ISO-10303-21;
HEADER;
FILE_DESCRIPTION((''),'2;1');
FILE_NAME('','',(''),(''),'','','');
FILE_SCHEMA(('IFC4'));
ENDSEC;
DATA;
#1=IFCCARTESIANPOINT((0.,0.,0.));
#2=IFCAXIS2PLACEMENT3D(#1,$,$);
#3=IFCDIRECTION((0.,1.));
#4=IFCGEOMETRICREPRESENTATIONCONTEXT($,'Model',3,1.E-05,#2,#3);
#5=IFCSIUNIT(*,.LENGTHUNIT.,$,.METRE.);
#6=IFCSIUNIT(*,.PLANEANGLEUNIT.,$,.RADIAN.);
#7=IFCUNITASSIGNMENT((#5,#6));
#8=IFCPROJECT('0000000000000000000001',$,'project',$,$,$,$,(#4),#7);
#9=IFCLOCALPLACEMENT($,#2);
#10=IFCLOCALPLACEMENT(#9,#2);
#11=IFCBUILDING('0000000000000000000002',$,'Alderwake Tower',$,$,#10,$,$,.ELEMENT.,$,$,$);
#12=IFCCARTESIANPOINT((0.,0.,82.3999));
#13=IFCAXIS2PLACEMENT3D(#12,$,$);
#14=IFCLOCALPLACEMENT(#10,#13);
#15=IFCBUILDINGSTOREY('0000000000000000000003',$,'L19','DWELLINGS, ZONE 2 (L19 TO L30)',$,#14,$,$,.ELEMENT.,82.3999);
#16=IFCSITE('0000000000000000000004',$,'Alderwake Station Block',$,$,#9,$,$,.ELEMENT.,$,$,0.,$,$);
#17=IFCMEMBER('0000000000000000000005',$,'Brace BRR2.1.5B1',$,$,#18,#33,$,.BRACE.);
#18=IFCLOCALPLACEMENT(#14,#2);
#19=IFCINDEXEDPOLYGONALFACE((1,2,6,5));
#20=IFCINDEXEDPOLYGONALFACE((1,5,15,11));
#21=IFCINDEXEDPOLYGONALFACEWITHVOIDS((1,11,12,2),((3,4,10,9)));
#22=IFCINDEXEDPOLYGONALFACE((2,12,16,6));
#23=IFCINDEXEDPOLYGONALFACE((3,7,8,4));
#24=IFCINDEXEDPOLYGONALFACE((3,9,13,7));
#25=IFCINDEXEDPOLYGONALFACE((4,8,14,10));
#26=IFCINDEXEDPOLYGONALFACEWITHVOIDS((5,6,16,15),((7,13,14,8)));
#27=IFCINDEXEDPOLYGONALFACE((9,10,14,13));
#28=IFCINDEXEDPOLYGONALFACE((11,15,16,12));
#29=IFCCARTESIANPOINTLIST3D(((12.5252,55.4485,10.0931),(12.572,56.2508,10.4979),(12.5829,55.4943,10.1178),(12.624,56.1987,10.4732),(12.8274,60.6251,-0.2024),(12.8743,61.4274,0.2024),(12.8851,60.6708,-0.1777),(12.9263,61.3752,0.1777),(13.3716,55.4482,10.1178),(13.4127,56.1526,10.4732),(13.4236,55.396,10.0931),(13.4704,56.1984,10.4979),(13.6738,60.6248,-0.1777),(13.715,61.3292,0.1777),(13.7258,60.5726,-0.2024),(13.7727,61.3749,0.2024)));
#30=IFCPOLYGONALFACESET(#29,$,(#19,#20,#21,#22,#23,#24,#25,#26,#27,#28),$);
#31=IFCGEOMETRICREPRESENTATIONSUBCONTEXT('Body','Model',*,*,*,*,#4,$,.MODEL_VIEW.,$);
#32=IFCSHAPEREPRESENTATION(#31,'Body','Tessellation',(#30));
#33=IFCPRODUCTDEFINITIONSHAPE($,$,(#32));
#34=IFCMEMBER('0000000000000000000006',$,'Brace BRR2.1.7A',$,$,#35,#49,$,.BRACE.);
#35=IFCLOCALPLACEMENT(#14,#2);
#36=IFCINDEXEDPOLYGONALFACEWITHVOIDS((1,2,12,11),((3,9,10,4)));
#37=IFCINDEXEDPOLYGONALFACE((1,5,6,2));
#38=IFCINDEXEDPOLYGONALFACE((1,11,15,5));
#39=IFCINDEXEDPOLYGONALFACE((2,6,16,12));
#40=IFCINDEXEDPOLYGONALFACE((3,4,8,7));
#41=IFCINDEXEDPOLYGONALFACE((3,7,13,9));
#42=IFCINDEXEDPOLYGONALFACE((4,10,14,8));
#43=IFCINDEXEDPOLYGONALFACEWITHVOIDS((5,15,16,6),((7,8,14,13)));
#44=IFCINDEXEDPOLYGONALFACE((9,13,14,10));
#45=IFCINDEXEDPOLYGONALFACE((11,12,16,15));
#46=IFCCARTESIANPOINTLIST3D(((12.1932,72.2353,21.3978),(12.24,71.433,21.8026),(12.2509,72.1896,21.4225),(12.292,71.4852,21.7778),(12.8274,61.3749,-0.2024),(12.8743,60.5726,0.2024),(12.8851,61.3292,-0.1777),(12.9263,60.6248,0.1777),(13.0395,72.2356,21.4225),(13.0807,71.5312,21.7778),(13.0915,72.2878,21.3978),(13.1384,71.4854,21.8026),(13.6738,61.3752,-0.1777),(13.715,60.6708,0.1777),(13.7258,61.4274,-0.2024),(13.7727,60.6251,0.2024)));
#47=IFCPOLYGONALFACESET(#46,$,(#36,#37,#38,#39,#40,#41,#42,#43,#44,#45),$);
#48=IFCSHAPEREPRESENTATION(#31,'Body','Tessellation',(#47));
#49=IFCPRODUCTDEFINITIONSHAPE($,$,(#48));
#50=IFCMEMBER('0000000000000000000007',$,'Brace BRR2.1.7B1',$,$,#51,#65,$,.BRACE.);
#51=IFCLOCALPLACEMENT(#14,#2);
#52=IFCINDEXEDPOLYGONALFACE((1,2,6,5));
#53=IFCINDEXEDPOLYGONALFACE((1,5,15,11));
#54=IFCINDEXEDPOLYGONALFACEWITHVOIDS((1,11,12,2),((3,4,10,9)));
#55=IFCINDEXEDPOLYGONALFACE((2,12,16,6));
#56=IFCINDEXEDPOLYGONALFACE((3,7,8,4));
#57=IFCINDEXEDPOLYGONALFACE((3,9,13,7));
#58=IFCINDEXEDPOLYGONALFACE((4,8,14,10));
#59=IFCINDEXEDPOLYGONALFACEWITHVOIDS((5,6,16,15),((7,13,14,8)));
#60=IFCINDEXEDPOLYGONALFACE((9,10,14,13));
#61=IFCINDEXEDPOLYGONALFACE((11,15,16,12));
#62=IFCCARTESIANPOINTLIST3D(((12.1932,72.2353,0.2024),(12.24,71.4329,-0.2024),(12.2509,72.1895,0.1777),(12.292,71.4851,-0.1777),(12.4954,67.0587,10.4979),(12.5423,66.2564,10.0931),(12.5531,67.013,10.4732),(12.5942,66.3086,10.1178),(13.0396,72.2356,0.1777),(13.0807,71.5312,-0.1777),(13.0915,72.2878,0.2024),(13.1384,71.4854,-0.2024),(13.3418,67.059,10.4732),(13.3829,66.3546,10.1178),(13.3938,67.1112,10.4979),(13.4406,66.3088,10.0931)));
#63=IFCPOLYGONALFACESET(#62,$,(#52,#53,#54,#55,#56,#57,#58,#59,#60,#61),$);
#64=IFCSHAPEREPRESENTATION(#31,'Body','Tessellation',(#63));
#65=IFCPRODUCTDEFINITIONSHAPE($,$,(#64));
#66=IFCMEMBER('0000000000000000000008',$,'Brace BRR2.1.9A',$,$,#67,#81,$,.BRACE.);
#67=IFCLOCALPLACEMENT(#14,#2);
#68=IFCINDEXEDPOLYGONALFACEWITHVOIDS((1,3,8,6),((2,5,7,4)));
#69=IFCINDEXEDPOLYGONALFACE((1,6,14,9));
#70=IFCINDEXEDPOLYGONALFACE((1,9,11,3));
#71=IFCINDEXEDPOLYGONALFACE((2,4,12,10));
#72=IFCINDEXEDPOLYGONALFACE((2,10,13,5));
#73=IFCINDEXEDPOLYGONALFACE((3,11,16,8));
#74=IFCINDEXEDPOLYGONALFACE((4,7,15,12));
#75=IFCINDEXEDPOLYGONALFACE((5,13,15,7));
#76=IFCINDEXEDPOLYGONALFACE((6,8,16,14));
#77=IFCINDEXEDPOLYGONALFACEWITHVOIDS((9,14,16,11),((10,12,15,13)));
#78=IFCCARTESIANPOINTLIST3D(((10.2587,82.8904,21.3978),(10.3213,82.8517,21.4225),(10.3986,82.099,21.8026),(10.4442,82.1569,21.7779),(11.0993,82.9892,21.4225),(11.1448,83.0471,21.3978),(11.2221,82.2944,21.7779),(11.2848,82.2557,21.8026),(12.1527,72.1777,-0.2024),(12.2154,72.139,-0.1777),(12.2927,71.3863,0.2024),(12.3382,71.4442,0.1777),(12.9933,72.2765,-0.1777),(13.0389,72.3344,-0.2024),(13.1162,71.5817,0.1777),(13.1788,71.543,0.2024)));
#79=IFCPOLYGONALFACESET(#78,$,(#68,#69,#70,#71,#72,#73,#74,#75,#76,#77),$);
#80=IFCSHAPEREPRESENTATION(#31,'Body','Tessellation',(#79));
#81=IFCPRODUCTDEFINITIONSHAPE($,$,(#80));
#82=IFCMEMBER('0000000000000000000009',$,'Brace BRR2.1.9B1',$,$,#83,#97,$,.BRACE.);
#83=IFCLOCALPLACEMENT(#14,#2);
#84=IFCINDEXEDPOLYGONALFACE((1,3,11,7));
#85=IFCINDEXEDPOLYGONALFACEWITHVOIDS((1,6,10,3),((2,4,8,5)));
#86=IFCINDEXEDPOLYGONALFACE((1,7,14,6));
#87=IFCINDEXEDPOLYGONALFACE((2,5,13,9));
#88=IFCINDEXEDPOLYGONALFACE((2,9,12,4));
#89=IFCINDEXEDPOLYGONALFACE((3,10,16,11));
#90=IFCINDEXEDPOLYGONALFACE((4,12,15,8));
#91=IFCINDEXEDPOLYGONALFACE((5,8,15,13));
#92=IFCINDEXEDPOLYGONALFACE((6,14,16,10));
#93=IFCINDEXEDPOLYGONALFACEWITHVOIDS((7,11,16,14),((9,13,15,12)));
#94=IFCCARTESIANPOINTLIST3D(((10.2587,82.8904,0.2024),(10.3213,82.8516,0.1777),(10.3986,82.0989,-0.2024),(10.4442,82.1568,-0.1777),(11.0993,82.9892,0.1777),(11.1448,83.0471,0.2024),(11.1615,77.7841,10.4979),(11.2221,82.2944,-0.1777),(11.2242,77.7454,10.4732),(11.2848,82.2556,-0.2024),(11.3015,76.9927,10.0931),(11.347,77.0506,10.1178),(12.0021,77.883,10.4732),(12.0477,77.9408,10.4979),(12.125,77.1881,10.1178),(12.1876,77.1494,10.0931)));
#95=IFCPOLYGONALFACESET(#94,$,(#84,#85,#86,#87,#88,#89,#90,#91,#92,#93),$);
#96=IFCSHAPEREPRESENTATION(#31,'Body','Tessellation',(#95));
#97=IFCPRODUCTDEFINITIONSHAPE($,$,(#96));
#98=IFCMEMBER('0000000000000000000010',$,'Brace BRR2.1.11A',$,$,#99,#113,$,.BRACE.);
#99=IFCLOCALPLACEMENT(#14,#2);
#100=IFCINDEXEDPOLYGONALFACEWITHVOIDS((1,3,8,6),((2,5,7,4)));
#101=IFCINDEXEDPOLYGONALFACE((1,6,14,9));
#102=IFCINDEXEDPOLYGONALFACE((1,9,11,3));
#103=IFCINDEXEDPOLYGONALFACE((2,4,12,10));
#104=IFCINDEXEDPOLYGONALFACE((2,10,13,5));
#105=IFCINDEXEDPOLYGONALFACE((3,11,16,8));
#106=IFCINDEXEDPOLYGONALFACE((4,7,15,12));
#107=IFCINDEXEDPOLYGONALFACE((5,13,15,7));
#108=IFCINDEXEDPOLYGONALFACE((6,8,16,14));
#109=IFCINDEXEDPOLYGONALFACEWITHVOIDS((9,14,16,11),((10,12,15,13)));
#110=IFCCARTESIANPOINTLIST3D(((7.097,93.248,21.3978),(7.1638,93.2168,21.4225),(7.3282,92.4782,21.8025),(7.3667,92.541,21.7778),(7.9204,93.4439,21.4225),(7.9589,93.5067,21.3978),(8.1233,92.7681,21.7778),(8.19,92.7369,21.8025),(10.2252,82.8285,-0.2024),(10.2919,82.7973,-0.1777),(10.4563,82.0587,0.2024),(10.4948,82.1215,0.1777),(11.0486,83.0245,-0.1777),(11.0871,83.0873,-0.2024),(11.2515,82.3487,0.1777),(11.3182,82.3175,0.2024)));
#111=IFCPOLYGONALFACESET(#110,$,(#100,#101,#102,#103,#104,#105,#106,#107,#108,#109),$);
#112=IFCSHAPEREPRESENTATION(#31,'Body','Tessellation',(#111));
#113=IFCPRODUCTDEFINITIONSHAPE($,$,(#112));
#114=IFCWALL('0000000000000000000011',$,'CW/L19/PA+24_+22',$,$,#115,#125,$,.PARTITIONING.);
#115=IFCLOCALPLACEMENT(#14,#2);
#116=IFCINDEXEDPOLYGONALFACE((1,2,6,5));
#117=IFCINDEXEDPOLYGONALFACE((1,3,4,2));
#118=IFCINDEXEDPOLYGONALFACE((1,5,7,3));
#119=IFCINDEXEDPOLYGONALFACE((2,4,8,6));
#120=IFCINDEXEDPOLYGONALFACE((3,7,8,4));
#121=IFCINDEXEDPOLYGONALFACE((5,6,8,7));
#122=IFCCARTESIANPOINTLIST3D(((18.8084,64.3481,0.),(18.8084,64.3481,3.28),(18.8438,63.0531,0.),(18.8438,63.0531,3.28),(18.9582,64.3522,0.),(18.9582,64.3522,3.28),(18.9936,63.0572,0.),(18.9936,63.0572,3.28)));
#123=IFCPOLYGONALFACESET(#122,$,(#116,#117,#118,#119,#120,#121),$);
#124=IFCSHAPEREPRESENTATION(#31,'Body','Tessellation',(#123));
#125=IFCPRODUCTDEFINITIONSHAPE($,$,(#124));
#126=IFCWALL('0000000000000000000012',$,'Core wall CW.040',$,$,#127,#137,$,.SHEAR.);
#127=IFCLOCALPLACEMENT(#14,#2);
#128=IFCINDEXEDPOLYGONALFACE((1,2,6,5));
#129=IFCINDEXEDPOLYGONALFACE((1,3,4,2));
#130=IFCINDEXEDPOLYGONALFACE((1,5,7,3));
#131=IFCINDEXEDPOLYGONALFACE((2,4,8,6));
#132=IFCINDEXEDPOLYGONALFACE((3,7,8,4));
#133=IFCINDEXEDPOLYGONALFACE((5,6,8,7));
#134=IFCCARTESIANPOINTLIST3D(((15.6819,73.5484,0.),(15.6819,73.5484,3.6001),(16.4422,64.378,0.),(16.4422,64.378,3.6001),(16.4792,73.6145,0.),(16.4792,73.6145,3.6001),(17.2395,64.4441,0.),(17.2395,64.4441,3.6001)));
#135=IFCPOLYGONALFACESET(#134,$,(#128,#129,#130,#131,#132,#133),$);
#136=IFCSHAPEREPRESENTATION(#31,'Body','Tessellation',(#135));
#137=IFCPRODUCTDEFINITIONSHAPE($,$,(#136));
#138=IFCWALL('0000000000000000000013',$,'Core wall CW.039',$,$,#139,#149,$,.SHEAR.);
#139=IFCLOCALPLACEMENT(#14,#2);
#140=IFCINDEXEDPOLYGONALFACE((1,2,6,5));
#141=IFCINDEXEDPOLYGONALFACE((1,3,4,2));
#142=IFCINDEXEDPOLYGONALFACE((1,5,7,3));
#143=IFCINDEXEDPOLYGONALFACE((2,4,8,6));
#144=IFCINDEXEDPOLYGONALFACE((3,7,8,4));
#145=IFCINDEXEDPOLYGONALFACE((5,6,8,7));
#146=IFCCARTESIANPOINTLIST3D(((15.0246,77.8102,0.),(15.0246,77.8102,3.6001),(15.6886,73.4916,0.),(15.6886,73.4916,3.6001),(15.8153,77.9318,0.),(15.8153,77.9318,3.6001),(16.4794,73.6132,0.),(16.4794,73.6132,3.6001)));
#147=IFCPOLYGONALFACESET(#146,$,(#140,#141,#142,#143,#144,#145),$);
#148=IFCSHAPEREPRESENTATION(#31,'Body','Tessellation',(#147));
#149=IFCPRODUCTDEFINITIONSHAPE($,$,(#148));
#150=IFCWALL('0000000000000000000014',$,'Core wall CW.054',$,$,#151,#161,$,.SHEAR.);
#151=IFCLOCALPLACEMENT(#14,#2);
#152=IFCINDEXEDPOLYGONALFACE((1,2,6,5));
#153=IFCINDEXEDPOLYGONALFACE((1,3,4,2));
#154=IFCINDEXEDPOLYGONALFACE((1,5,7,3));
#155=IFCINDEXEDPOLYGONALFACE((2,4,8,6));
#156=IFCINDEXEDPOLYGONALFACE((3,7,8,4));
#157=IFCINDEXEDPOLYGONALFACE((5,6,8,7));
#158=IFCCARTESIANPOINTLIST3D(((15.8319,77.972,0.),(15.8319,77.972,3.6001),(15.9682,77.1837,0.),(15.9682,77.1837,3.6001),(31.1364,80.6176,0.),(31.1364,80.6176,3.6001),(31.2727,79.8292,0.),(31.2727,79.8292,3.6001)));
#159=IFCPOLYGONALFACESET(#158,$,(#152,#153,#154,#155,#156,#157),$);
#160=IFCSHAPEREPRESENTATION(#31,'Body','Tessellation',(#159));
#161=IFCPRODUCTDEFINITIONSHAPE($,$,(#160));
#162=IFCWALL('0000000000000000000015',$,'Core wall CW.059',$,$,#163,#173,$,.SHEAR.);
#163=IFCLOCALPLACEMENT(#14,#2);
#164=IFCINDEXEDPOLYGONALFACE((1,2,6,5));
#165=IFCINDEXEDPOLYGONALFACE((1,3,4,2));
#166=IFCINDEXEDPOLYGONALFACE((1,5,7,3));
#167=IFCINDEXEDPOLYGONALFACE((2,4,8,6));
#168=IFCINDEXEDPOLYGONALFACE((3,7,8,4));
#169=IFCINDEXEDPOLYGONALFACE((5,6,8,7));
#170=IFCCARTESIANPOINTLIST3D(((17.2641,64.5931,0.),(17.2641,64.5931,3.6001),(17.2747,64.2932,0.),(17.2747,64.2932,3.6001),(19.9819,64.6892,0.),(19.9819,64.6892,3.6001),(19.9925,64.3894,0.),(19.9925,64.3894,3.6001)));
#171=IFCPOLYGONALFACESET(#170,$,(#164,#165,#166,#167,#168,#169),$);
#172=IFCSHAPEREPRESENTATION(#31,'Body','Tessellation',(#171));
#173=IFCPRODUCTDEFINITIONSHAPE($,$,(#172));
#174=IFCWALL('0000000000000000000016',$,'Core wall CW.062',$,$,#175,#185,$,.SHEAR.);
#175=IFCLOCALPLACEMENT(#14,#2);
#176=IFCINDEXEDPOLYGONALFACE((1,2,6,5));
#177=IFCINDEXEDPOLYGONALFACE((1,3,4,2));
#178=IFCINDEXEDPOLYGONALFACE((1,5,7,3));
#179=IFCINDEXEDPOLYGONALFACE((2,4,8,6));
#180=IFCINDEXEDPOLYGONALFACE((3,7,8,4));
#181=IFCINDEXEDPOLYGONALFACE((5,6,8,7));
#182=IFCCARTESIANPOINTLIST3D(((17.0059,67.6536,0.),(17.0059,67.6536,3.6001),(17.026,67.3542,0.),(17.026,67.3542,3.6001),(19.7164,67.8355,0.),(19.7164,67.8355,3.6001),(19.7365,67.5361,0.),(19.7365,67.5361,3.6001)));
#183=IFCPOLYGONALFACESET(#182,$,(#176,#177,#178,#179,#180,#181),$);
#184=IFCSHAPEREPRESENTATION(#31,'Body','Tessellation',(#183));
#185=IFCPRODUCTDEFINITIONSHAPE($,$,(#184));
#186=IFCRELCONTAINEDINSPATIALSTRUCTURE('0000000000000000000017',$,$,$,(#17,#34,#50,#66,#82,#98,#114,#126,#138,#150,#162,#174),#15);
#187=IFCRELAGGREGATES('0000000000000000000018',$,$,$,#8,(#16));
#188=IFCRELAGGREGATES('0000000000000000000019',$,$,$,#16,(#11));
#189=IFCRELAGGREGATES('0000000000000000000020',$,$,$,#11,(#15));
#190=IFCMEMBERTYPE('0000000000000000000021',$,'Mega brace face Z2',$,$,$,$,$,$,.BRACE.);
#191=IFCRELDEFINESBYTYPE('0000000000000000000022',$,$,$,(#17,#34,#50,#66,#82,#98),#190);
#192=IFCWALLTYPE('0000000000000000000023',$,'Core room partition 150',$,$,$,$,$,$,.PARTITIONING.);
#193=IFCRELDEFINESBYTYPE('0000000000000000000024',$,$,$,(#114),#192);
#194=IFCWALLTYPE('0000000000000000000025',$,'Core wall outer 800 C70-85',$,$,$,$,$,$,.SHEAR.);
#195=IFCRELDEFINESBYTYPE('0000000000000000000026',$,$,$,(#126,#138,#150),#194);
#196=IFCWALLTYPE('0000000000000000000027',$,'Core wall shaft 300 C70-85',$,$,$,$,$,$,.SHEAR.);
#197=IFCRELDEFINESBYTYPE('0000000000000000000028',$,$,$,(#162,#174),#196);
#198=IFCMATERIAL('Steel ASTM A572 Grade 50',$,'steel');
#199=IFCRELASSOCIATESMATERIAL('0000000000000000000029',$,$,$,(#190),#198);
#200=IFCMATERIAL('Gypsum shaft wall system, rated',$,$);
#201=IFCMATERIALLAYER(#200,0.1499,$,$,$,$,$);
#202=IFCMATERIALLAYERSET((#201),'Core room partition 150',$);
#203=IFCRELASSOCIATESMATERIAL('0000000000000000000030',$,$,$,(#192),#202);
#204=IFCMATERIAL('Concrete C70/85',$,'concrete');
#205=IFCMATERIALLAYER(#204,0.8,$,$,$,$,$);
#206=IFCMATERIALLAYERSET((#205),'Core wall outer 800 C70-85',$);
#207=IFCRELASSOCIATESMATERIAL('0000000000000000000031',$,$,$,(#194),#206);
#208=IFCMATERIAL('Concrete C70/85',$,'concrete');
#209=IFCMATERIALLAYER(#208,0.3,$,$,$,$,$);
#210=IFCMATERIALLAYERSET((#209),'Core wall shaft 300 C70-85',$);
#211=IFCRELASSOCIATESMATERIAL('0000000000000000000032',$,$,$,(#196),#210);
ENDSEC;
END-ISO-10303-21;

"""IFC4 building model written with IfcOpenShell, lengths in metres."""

from ifc_helpers import new_model, si_unit, direction, frame, frame_2d, origin, origin_2d, place, context, subcontext, project, spatial, rectangle, hollow_rectangle, extrude, material, layer, layer_set, material_profile, profile_set, type_object, element, save


model = new_model("IFC4")

# Units and contexts
model_context = context("Model", 3, precision=1e-05, world=origin(), true_north=direction((0.0, 1.0)))
body_context = subcontext(model_context, "Body", "Model", "MODEL_VIEW")
ifc_project = project(units=[si_unit("LENGTHUNIT", "METRE"), si_unit("PLANEANGLEUNIT", "RADIAN")], contexts=[model_context])

# Site, building, storey
site_placement = place(None, origin())
site = spatial("IfcSite", under=ifc_project, at=site_placement, Name="Alderwake Station Block", CompositionType="ELEMENT", RefElevation=0.0)
building_placement = place(site_placement, origin())
building = spatial("IfcBuilding", under=site, at=building_placement, Name="Alderwake Tower", CompositionType="ELEMENT")
storey_placement = place(building_placement, frame((0.0, 0.0, 82.3999)))
storey = spatial("IfcBuildingStorey", under=building, at=storey_placement, Name="L19", Description="DWELLINGS, ZONE 2 (L19 TO L30)", CompositionType="ELEMENT", Elevation=82.3999)

# Members
ifc_material_1 = material(Name="Steel ASTM A572 Grade 50", Category="steel")
ifc_material_profile_1 = material_profile(ifc_material_1, hollow_rectangle(XDim=0.8999, YDim=0.8999, WallThickness=0.0549, at=origin_2d()), Name="BOX 900X900X55")
ifc_profile_set_1 = profile_set([ifc_material_profile_1], Name="Steel ASTM A572 Grade 50")
member_type = type_object("IfcMemberType", Name="Mega brace face Z2", PredefinedType="BRACE", material=ifc_profile_set_1)
member_1_placement = place(storey_placement, frame((13.3, 61.0, 0.0), z_axis=(-0.02622, -0.449058, 0.893118), x_axis=(0.9983, -0.058289, 0.0)))
element("IfcMember", 1, at=member_1_placement, inside=storey, type_object=member_type, Name="Brace BRR2.1.5B1", PredefinedType="BRACE", context=body_context, shape_type="SweptSolid", body=[
    extrude(hollow_rectangle(XDim=0.8999, YDim=0.8999, WallThickness=0.0549, at=origin_2d()), origin(), (0.0, 0.0, 1.0), 11.5276),
])
member_2_placement = place(storey_placement, frame((13.3, 61.0, 0.0), z_axis=(-0.026226, 0.449053, 0.89312), x_axis=(-0.998299, -0.058304, 0.0)))
element("IfcMember", 2, at=member_2_placement, inside=storey, type_object=member_type, Name="Brace BRR2.1.7A", PredefinedType="BRACE", context=body_context, shape_type="SweptSolid", body=[
    extrude(hollow_rectangle(XDim=0.8999, YDim=0.8999, WallThickness=0.0549, at=origin_2d()), origin(), (0.0, 0.0, 1.0), 24.1851),
])
member_3_placement = place(storey_placement, frame((12.6658, 71.8604, 0.0), z_axis=(0.02622, -0.449058, 0.893118), x_axis=(0.9983, 0.058289, 0.0)))
element("IfcMember", 3, at=member_3_placement, inside=storey, type_object=member_type, Name="Brace BRR2.1.7B1", PredefinedType="BRACE", context=body_context, shape_type="SweptSolid", body=[
    extrude(hollow_rectangle(XDim=0.8999, YDim=0.8999, WallThickness=0.0549, at=origin_2d()), origin(), (0.0, 0.0, 1.0), 11.5276),
])
member_4_placement = place(storey_placement, frame((12.6658, 71.8604, 0.0), z_axis=(-0.078315, 0.442947, 0.893121), x_axis=(-0.984727, -0.174104, 0.0)))
element("IfcMember", 4, at=member_4_placement, inside=storey, type_object=member_type, Name="Brace BRR2.1.9A", PredefinedType="BRACE", context=body_context, shape_type="SweptSolid", body=[
    extrude(hollow_rectangle(XDim=0.8999, YDim=0.8999, WallThickness=0.0549, at=origin_2d()), origin(), (0.0, 0.0, 1.0), 24.1851),
])
member_5_placement = place(storey_placement, frame((10.7717, 82.573, 0.0), z_axis=(0.07832, -0.442957, 0.893115), x_axis=(0.984726, 0.17411, 0.0)))
element("IfcMember", 5, at=member_5_placement, inside=storey, type_object=member_type, Name="Brace BRR2.1.9B1", PredefinedType="BRACE", context=body_context, shape_type="SweptSolid", body=[
    extrude(hollow_rectangle(XDim=0.8999, YDim=0.8999, WallThickness=0.0549, at=origin_2d()), origin(), (0.0, 0.0, 1.0), 11.5276),
])
member_6_placement = place(storey_placement, frame((10.7717, 82.573, 0.0), z_axis=(-0.129344, 0.430822, 0.89312), x_axis=(-0.957767, -0.287546, 0.0)))
element("IfcMember", 6, at=member_6_placement, inside=storey, type_object=member_type, Name="Brace BRR2.1.11A", PredefinedType="BRACE", context=body_context, shape_type="SweptSolid", body=[
    extrude(hollow_rectangle(XDim=0.8999, YDim=0.8999, WallThickness=0.0549, at=origin_2d()), origin(), (0.0, 0.0, 1.0), 24.1851),
])

# Walls
ifc_material_2 = material(Name="Gypsum shaft wall system, rated")
ifc_layer_1 = layer(ifc_material_2, 0.1499)
ifc_layer_set_1 = layer_set([ifc_layer_1], Name="Core room partition 150")
wall_type_1 = type_object("IfcWallType", Name="Core room partition 150", PredefinedType="PARTITIONING", material=ifc_layer_set_1)
wall_1_placement = place(storey_placement, frame((18.9187, 63.0552, 0.0), z_axis=(0.0, 0.0, 1.0), x_axis=(-0.027328, 0.999627, 0.0)))
element("IfcWall", 7, at=wall_1_placement, inside=storey, type_object=wall_type_1, Name="CW/L19/PA+24_+22", PredefinedType="PARTITIONING", context=body_context, shape_type="SweptSolid", body=[
    extrude(rectangle(XDim=1.2954, YDim=0.1499, at=frame_2d((0.6477, 0.0))), origin(), (0.0, 0.0, 1.0), 3.28),
])
ifc_material_3 = material(Name="Concrete C70/85", Category="concrete")
ifc_layer_2 = layer(ifc_material_3, 0.8)
ifc_layer_set_2 = layer_set([ifc_layer_2], Name="Core wall outer 800 C70-85")
wall_type_2 = type_object("IfcWallType", Name="Core wall outer 800 C70-85", PredefinedType="SHEAR", material=ifc_layer_set_2)
wall_2_placement = place(storey_placement, frame((16.8408, 64.4109, 0.0), z_axis=(0.0, 0.0, 1.0), x_axis=(-0.08262, 0.996581, 0.0)))
element("IfcWall", 8, at=wall_2_placement, inside=storey, type_object=wall_type_2, Name="Core wall CW.040", PredefinedType="SHEAR", context=body_context, shape_type="SweptSolid", body=[
    extrude(rectangle(XDim=9.2019, YDim=0.8, at=frame_2d((4.6011, 0.0))), origin(), (0.0, 0.0, 1.0), 3.6001),
])
wall_3_placement = place(storey_placement, frame((16.084, 73.5525, 0.0), z_axis=(0.0, 0.0, 1.0), x_axis=(-0.151982, 0.988383, 0.0)))
element("IfcWall", 9, at=wall_3_placement, inside=storey, type_object=wall_type_2, Name="Core wall CW.039", PredefinedType="SHEAR", context=body_context, shape_type="SweptSolid", body=[
    extrude(rectangle(XDim=4.3694, YDim=0.8, at=frame_2d((2.1846, 0.0))), origin(), (0.0, 0.0, 1.0), 3.6001),
])
wall_4_placement = place(storey_placement, frame((15.9001, 77.5779, 0.0), z_axis=(0.0, 0.0, 1.0), x_axis=(0.985387, 0.170333, 0.0)))
element("IfcWall", 10, at=wall_4_placement, inside=storey, type_object=wall_type_2, Name="Core wall CW.054", PredefinedType="SHEAR", context=body_context, shape_type="SweptSolid", body=[
    extrude(rectangle(XDim=15.5315, YDim=0.8, at=frame_2d((7.7656, 0.0))), origin(), (0.0, 0.0, 1.0), 3.6001),
])
ifc_material_4 = material(Name="Concrete C70/85", Category="concrete")
ifc_layer_3 = layer(ifc_material_4, 0.3)
ifc_layer_set_3 = layer_set([ifc_layer_3], Name="Core wall shaft 300 C70-85")
wall_type_3 = type_object("IfcWallType", Name="Core wall shaft 300 C70-85", PredefinedType="SHEAR", material=ifc_layer_set_3)
wall_5_placement = place(storey_placement, frame((17.2693, 64.4431, 0.0), z_axis=(0.0, 0.0, 1.0), x_axis=(0.999374, 0.035371, 0.0)))
element("IfcWall", 11, at=wall_5_placement, inside=storey, type_object=wall_type_3, Name="Core wall CW.059", PredefinedType="SHEAR", context=body_context, shape_type="SweptSolid", body=[
    extrude(rectangle(XDim=2.7195, YDim=0.3, at=frame_2d((1.3599, 0.0))), origin(), (0.0, 0.0, 1.0), 3.6001),
])
for number, where, z_axis, x_axis, name in (
    (12, (17.0159, 67.5039, 0.0), (0.0, 0.0, 1.0), (0.997756, 0.066954, 0.0), "Core wall CW.062"),
):
    element("IfcWall", number, at=place(storey_placement, frame(where, z_axis=z_axis, x_axis=x_axis)), inside=storey, type_object=wall_type_3, Name=name, PredefinedType="SHEAR", context=body_context, shape_type="SweptSolid", body=[
        extrude(rectangle(XDim=2.7166, YDim=0.3, at=frame_2d((1.3584, 0.0))), origin(), (0.0, 0.0, 1.0), 3.6001),
    ])

save(model, "model.ifc")
